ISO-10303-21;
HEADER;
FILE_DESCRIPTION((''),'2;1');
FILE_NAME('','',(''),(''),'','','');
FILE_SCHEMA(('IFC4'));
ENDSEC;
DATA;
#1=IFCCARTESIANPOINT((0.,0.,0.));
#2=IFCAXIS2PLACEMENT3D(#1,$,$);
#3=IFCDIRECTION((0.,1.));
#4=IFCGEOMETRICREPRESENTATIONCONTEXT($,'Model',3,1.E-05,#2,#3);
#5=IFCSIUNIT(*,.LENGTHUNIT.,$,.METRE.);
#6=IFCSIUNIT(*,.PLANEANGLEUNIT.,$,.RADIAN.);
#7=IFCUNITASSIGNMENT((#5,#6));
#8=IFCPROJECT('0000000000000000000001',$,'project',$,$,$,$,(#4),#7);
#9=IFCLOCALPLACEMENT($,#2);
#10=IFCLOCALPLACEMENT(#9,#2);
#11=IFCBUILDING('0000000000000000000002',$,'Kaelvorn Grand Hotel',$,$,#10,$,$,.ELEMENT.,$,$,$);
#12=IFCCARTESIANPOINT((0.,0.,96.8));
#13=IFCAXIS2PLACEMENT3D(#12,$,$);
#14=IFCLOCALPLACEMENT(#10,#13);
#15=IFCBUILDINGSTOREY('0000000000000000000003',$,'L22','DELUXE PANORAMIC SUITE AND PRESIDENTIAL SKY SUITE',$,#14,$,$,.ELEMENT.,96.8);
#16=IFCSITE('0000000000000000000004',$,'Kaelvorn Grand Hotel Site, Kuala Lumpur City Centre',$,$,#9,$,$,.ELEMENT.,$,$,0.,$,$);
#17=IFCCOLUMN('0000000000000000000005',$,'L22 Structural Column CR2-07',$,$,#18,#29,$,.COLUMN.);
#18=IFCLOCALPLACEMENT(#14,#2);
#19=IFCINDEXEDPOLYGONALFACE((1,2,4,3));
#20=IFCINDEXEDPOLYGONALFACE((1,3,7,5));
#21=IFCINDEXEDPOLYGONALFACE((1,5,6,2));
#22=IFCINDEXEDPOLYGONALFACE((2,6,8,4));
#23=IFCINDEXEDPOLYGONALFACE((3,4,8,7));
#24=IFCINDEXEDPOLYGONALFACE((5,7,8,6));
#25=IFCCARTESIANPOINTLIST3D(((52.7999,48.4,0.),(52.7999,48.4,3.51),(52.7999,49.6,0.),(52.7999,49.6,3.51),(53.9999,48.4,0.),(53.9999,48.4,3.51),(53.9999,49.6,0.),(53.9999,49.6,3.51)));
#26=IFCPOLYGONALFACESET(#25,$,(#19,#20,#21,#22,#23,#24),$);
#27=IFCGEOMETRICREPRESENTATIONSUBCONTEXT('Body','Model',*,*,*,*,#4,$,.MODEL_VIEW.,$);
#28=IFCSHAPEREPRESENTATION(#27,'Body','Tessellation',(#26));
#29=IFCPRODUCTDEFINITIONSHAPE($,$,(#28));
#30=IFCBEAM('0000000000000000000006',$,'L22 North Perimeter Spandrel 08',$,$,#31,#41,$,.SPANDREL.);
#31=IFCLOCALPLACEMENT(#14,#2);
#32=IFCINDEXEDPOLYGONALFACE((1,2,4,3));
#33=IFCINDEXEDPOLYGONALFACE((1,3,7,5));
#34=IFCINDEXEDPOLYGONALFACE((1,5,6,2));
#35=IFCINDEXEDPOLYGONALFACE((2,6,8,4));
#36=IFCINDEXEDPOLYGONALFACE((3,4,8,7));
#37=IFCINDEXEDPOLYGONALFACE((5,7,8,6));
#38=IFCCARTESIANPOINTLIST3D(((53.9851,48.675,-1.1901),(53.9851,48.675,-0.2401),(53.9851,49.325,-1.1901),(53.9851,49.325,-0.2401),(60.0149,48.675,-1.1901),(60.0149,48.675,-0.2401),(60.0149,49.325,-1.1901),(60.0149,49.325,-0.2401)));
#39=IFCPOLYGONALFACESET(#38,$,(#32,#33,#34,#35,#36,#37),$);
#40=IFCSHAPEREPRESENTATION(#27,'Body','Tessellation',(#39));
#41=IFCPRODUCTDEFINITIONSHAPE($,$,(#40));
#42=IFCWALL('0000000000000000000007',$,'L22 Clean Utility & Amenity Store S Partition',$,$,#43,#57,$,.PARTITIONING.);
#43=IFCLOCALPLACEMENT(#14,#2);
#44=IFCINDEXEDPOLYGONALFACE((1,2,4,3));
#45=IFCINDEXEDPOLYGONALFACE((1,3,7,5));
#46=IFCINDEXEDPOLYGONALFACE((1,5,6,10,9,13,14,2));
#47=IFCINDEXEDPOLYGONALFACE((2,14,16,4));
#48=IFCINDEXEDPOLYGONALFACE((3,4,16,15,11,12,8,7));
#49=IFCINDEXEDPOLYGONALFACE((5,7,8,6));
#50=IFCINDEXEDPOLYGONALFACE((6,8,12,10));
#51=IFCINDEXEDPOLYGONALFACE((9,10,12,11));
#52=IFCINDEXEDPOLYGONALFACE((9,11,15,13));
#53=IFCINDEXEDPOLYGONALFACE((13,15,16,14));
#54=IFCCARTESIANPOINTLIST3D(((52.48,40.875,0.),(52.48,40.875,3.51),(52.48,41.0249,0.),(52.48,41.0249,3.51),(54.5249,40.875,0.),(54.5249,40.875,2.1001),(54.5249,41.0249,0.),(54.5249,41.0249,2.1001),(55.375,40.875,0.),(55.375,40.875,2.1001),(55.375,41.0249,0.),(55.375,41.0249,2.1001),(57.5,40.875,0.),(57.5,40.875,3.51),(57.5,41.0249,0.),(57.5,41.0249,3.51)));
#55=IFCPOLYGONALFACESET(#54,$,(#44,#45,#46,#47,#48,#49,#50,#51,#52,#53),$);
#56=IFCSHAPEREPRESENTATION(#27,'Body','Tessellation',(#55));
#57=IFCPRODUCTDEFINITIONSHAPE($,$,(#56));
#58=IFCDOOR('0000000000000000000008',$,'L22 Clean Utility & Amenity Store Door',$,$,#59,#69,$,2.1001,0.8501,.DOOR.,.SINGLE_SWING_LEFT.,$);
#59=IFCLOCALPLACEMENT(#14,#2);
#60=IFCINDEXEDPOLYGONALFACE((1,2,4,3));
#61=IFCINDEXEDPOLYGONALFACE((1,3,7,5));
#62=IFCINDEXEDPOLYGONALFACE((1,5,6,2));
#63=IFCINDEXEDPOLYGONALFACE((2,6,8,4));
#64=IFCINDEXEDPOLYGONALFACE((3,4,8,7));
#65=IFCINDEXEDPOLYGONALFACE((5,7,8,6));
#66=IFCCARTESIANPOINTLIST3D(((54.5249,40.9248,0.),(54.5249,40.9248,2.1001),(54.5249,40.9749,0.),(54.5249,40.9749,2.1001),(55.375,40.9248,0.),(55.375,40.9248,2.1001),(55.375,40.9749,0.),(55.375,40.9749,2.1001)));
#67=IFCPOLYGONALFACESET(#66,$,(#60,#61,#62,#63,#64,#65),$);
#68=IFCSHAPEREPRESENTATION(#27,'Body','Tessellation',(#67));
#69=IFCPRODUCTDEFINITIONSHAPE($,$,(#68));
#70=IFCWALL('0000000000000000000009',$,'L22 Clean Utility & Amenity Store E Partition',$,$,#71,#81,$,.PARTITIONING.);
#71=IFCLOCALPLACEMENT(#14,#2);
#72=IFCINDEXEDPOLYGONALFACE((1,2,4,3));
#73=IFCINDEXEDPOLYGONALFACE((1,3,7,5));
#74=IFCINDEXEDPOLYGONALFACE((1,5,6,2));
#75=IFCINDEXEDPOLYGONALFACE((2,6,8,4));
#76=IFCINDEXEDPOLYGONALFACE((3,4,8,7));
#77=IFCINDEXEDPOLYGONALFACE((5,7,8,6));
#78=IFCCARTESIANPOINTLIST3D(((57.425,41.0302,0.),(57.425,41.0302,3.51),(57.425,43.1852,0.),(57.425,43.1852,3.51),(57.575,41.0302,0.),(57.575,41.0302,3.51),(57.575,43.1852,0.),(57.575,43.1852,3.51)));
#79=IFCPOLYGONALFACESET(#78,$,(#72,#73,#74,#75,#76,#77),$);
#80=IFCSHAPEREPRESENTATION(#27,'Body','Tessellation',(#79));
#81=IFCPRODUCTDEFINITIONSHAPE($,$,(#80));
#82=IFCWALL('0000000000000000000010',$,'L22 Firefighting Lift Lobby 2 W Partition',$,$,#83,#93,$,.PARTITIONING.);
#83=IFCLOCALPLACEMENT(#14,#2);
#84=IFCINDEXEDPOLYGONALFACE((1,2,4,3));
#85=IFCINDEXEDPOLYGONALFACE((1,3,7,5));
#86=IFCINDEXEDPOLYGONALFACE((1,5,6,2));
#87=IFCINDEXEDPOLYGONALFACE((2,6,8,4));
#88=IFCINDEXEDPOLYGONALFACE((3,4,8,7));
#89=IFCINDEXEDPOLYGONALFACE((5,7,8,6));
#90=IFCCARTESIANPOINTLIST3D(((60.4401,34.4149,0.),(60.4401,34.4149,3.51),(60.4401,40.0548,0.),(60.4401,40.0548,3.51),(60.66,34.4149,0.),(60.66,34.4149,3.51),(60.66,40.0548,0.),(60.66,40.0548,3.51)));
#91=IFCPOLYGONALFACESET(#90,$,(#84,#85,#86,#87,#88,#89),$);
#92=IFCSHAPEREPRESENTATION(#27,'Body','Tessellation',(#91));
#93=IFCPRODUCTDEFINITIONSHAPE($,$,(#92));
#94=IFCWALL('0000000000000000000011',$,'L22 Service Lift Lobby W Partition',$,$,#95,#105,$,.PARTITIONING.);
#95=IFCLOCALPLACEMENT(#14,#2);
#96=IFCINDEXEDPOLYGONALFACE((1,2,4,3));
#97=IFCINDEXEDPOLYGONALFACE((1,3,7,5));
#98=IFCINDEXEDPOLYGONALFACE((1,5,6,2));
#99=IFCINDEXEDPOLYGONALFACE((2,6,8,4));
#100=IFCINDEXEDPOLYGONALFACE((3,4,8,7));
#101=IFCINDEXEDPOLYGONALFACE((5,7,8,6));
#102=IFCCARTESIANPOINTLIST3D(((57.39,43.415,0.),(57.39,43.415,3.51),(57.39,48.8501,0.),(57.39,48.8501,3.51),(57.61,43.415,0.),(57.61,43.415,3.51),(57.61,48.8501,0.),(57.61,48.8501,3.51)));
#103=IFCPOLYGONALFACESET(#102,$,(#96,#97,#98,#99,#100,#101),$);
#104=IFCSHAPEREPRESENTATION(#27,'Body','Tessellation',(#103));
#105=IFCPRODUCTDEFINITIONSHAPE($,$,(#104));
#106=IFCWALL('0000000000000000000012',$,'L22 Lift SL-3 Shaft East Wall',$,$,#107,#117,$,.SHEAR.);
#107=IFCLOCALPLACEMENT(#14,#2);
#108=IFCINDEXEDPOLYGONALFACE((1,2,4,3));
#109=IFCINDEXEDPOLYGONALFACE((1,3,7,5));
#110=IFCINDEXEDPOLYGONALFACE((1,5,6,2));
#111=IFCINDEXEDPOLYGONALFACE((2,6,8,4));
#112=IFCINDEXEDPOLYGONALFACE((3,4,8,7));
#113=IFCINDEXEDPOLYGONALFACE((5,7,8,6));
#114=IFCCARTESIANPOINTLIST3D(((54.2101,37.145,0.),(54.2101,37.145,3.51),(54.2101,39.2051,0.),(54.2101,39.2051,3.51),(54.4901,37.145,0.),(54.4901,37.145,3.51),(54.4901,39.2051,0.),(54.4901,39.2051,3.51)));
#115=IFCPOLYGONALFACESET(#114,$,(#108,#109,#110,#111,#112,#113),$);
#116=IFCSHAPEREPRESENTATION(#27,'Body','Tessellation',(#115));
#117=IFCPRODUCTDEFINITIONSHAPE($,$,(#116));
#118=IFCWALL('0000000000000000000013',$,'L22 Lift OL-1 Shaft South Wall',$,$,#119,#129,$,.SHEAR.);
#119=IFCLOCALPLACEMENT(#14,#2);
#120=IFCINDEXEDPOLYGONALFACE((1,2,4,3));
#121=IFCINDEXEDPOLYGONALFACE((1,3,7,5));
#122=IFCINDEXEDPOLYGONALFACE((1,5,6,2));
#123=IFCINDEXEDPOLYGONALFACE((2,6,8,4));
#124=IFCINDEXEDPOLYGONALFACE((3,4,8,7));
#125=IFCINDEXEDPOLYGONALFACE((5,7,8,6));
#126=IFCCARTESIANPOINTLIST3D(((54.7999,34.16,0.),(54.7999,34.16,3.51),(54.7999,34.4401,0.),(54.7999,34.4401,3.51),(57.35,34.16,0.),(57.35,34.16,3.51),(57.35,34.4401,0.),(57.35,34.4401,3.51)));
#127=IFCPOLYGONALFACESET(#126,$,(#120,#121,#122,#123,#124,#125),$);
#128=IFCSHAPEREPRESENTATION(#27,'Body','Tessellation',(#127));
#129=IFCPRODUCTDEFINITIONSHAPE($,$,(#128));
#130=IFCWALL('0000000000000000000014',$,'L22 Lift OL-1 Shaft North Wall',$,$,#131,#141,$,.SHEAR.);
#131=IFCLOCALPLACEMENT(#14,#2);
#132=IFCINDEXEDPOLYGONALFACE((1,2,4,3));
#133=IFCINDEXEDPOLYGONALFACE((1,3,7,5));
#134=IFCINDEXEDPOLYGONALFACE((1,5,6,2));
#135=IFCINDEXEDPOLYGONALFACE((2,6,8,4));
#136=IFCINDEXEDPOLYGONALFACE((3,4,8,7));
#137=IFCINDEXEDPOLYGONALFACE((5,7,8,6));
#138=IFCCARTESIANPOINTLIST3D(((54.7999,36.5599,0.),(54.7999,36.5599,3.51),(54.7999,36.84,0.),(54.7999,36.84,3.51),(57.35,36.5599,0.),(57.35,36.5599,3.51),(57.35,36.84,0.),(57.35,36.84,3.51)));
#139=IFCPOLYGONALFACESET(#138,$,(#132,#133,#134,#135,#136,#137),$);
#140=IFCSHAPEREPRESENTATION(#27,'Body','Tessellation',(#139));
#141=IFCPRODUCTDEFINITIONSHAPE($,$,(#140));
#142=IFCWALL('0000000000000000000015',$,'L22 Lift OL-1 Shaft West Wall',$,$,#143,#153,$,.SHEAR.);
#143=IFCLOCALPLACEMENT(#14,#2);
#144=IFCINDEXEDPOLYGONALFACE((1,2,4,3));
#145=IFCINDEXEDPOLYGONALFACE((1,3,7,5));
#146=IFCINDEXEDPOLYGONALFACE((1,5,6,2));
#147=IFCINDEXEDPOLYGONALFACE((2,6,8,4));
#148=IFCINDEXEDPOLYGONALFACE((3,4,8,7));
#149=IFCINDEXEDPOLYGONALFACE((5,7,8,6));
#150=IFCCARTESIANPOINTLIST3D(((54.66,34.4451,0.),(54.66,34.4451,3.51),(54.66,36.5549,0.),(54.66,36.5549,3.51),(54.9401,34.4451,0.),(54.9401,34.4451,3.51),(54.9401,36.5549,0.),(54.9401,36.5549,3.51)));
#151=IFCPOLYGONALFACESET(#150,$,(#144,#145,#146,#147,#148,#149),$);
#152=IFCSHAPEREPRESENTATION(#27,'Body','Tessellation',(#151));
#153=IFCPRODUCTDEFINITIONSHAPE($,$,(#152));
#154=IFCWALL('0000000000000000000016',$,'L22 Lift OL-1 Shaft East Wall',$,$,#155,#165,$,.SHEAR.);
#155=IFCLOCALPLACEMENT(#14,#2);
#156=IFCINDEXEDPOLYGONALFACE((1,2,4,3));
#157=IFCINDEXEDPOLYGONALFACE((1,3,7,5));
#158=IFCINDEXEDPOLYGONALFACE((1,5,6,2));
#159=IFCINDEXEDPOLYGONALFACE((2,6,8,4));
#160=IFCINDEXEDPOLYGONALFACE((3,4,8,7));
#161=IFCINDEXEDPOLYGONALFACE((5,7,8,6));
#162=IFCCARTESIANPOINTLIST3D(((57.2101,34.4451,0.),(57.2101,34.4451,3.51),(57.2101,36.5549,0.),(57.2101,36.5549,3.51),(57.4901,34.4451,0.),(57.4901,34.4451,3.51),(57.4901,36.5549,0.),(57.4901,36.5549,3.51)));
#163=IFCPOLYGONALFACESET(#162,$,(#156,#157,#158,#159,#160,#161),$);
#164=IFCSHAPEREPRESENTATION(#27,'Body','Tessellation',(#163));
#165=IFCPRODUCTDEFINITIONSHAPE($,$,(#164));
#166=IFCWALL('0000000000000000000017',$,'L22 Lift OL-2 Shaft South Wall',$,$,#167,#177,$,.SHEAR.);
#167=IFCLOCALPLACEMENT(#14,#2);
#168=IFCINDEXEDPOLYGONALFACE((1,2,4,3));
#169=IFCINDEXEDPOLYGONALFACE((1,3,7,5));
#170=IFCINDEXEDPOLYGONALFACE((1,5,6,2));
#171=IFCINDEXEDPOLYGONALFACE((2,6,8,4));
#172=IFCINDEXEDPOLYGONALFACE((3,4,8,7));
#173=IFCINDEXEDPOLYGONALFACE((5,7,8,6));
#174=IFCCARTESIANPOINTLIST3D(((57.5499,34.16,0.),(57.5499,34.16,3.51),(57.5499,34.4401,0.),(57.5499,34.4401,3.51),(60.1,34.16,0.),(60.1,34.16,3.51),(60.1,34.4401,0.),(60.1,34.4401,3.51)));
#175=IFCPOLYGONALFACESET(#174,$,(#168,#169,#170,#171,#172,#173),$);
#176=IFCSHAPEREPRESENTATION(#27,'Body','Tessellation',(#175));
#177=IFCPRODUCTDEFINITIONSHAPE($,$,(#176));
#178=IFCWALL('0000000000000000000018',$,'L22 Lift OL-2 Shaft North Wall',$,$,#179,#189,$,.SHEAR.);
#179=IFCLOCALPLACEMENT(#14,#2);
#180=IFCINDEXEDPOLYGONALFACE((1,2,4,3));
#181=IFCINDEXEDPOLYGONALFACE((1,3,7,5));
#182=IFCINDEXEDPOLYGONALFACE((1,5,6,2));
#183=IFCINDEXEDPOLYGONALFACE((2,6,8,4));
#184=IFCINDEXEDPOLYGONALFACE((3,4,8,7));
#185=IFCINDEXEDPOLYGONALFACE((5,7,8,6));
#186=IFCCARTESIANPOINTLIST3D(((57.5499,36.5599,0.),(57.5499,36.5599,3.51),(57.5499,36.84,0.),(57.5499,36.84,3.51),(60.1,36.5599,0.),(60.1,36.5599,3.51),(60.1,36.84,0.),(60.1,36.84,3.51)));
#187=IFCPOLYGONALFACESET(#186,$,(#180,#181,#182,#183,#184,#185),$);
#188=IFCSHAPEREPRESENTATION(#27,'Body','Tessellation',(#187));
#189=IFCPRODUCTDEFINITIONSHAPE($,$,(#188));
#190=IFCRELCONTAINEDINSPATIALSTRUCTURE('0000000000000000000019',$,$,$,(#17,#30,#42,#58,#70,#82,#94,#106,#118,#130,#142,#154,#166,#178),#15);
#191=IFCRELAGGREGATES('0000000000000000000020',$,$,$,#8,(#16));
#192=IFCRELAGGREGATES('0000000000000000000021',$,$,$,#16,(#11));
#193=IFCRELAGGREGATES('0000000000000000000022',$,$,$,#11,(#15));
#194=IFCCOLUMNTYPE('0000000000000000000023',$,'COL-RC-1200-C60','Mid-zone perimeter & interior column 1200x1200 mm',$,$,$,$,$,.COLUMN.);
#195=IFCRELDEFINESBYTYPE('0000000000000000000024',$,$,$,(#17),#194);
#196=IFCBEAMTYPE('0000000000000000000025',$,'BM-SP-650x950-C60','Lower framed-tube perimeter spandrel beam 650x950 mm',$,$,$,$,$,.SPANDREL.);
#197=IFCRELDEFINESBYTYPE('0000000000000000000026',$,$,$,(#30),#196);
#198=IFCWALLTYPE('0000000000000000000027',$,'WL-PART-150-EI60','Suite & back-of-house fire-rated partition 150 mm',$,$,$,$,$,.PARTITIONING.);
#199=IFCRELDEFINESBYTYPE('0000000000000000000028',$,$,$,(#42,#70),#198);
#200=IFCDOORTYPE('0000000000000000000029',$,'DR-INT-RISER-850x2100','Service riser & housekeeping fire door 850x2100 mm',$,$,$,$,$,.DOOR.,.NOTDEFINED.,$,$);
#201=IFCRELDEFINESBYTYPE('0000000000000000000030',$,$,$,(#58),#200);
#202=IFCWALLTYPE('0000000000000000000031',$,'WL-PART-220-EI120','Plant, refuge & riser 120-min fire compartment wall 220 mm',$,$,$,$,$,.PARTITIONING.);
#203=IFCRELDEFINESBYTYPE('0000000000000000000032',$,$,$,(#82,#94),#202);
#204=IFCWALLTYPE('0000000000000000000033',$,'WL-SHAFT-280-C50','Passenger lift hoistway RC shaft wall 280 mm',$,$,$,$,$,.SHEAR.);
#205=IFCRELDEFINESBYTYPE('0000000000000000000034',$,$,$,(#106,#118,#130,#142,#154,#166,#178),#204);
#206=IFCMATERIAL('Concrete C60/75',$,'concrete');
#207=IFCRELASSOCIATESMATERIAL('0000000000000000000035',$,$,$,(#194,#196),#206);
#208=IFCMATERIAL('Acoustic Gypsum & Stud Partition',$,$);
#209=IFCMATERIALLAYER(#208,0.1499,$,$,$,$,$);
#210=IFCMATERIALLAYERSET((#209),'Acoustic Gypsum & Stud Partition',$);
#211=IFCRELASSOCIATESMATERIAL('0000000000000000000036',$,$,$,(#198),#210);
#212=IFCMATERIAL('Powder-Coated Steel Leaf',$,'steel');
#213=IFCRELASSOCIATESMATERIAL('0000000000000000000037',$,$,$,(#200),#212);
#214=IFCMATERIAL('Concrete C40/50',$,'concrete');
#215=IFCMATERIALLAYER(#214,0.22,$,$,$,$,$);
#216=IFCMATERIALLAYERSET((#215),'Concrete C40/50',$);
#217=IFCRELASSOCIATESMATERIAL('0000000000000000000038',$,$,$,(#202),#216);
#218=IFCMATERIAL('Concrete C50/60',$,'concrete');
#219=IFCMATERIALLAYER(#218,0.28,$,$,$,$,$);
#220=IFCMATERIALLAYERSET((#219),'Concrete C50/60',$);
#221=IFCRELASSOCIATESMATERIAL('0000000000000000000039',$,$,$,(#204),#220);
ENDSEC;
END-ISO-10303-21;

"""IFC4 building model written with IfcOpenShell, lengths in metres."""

from ifc_helpers import new_model, si_unit, direction, frame, frame_2d, origin, origin_2d, place, context, subcontext, project, spatial, rectangle, extrude, material, layer, layer_set, material_profile, profile_set, type_object, element, fill, save


model = new_model("IFC4")

# Units and contexts
model_context = context("Model", 3, precision=1e-05, world=origin(), true_north=direction((0.0, 1.0)))
body_context = subcontext(model_context, "Body", "Model", "MODEL_VIEW")
ifc_project = project(units=[si_unit("LENGTHUNIT", "METRE"), si_unit("PLANEANGLEUNIT", "RADIAN")], contexts=[model_context])

# Site, building, storey
site_placement = place(None, origin())
site = spatial("IfcSite", under=ifc_project, at=site_placement, Name="Kaelvorn Grand Hotel Site, Kuala Lumpur City Centre", CompositionType="ELEMENT", RefElevation=0.0)
building_placement = place(site_placement, origin())
building = spatial("IfcBuilding", under=site, at=building_placement, Name="Kaelvorn Grand Hotel", CompositionType="ELEMENT")
storey_placement = place(building_placement, frame((0.0, 0.0, 96.8)))
storey = spatial("IfcBuildingStorey", under=building, at=storey_placement, Name="L22", Description="DELUXE PANORAMIC SUITE AND PRESIDENTIAL SKY SUITE", CompositionType="ELEMENT", Elevation=96.8)

# Column
ifc_material_1 = material(Name="Concrete C60/75", Category="concrete")
ifc_material_profile_1 = material_profile(ifc_material_1, rectangle(XDim=1.2, YDim=1.2, at=origin_2d()), Name="RC COL 1200x1200")
ifc_profile_set_1 = profile_set([ifc_material_profile_1], Name="Concrete C60/75")
column_type = type_object("IfcColumnType", Name="COL-RC-1200-C60", Description="Mid-zone perimeter & interior column 1200x1200 mm", PredefinedType="COLUMN", material=ifc_profile_set_1)
column_placement = place(storey_placement, frame((53.3999, 49.0, 0.0), z_axis=(0.0, 0.0, 1.0), x_axis=(1.0, 0.0, 0.0)))
element("IfcColumn", 1, at=column_placement, inside=storey, type_object=column_type, Name="L22 Structural Column CR2-07", PredefinedType="COLUMN", context=body_context, shape_type="SweptSolid", body=[
    extrude(rectangle(XDim=1.2, YDim=1.2, at=origin_2d()), origin(), (0.0, 0.0, 1.0), 3.51),
])

# Beam
ifc_material_profile_2 = material_profile(ifc_material_1, rectangle(XDim=0.6499, YDim=0.95, at=origin_2d()), Name="RC SPANDREL 650x950")
ifc_profile_set_2 = profile_set([ifc_material_profile_2], Name="Concrete C60/75")
beam_type = type_object("IfcBeamType", Name="BM-SP-650x950-C60", Description="Lower framed-tube perimeter spandrel beam 650x950 mm", PredefinedType="SPANDREL", material=ifc_profile_set_2)
beam_placement = place(storey_placement, frame((53.9851, 49.0, -0.7151), z_axis=(1.0, 0.0, 0.0), x_axis=(0.0, 1.0, 0.0)))
element("IfcBeam", 2, at=beam_placement, inside=storey, type_object=beam_type, Name="L22 North Perimeter Spandrel 08", PredefinedType="SPANDREL", context=body_context, shape_type="SweptSolid", body=[
    extrude(rectangle(XDim=0.6499, YDim=0.95, at=origin_2d()), origin(), (0.0, 0.0, 1.0), 6.0298),
])

# Wall, opening, door
ifc_material_2 = material(Name="Acoustic Gypsum & Stud Partition")
ifc_layer_1 = layer(ifc_material_2, 0.1499)
ifc_layer_set_1 = layer_set([ifc_layer_1], Name="Acoustic Gypsum & Stud Partition")
wall_type_1 = type_object("IfcWallType", Name="WL-PART-150-EI60", Description="Suite & back-of-house fire-rated partition 150 mm", PredefinedType="PARTITIONING", material=ifc_layer_set_1)
wall_1_placement = place(storey_placement, frame((52.48, 40.95, 0.0), z_axis=(0.0, 0.0, 1.0), x_axis=(1.0, 0.0, 0.0)))
wall_1 = element("IfcWall", 3, at=wall_1_placement, inside=storey, type_object=wall_type_1, Name="L22 Clean Utility & Amenity Store S Partition", PredefinedType="PARTITIONING", context=body_context, shape_type="SweptSolid", body=[
    extrude(rectangle(XDim=5.02, YDim=0.1499, at=frame_2d((2.51, 0.0))), origin(), (0.0, 0.0, 1.0), 3.51),
])
opening_1_placement = place(wall_1_placement, frame((2.0449, 0.0, 0.0)))
opening_1 = element("IfcOpeningElement", 4, at=opening_1_placement, cuts=wall_1, PredefinedType="OPENING", context=body_context, shape_type="SweptSolid", body=[
    extrude(rectangle(XDim=0.8501, YDim=2.1001, at=frame_2d((0.425, 1.05))), frame((0.0, 0.085, 0.0), z_axis=(0.0, -1.0, 0.0), x_axis=(1.0, 0.0, 0.0)), (0.0, 0.0, 1.0), 0.1699),
])
ifc_material_3 = material(Name="Powder-Coated Steel Leaf", Category="steel")
door_type_1 = type_object("IfcDoorType", Name="DR-INT-RISER-850x2100", Description="Service riser & housekeeping fire door 850x2100 mm", OperationType="NOTDEFINED", PredefinedType="DOOR", material=ifc_material_3)
door_1_placement = place(opening_1_placement, origin())
door_1 = element("IfcDoor", 5, at=door_1_placement, inside=storey, type_object=door_type_1, Name="L22 Clean Utility & Amenity Store Door", OperationType="SINGLE_SWING_LEFT", OverallHeight=2.1001, OverallWidth=0.8501, PredefinedType="DOOR", context=body_context, shape_type="SweptSolid", body=[
    extrude(rectangle(XDim=0.8501, YDim=2.1001, at=frame_2d((0.425, 1.05))), frame((0.0, 0.0249, 0.0), z_axis=(0.0, -1.0, 0.0), x_axis=(1.0, 0.0, 0.0)), (0.0, 0.0, 1.0), 0.05),
])
fill(opening_1, door_1)

# Wall
wall_2_placement = place(storey_placement, frame((57.5, 41.03, 0.0), z_axis=(0.0, 0.0, 1.0), x_axis=(0.0, 1.0, 0.0)))
element("IfcWall", 6, at=wall_2_placement, inside=storey, type_object=wall_type_1, Name="L22 Clean Utility & Amenity Store E Partition", PredefinedType="PARTITIONING", context=body_context, shape_type="SweptSolid", body=[
    extrude(rectangle(XDim=2.155, YDim=0.1499, at=frame_2d((1.0776, 0.0))), origin(), (0.0, 0.0, 1.0), 3.51),
])

# Shared definitions
ifc_material_4 = material(Name="Concrete C40/50", Category="concrete")
ifc_layer_2 = layer(ifc_material_4, 0.22)
ifc_layer_set_2 = layer_set([ifc_layer_2], Name="Concrete C40/50")
wall_type_2 = type_object("IfcWallType", Name="WL-PART-220-EI120", Description="Plant, refuge & riser 120-min fire compartment wall 220 mm", PredefinedType="PARTITIONING", material=ifc_layer_set_2)

# Wall
wall_3_placement = place(storey_placement, frame((60.55, 34.415, 0.0), z_axis=(0.0, 0.0, 1.0), x_axis=(0.0, 1.0, 0.0)))
element("IfcWall", 7, at=wall_3_placement, inside=storey, type_object=wall_type_2, Name="L22 Firefighting Lift Lobby 2 W Partition", PredefinedType="PARTITIONING", context=body_context, shape_type="SweptSolid", body=[
    extrude(rectangle(XDim=5.6399, YDim=0.22, at=frame_2d((2.8198, 0.0))), origin(), (0.0, 0.0, 1.0), 3.51),
])

# Walls
wall_4_placement = place(storey_placement, frame((57.5, 43.415, 0.0), z_axis=(0.0, 0.0, 1.0), x_axis=(0.0, 1.0, 0.0)))
element("IfcWall", 8, at=wall_4_placement, inside=storey, type_object=wall_type_2, Name="L22 Service Lift Lobby W Partition", PredefinedType="PARTITIONING", context=body_context, shape_type="SweptSolid", body=[
    extrude(rectangle(XDim=5.4351, YDim=0.22, at=frame_2d((2.7175, 0.0))), origin(), (0.0, 0.0, 1.0), 3.51),
])
ifc_material_5 = material(Name="Concrete C50/60", Category="concrete")
ifc_layer_3 = layer(ifc_material_5, 0.28)
ifc_layer_set_3 = layer_set([ifc_layer_3], Name="Concrete C50/60")
wall_type_3 = type_object("IfcWallType", Name="WL-SHAFT-280-C50", Description="Passenger lift hoistway RC shaft wall 280 mm", PredefinedType="SHEAR", material=ifc_layer_set_3)
wall_5_placement = place(storey_placement, frame((54.3501, 37.145, 0.0), z_axis=(0.0, 0.0, 1.0), x_axis=(0.0, 1.0, 0.0)))
element("IfcWall", 9, at=wall_5_placement, inside=storey, type_object=wall_type_3, Name="L22 Lift SL-3 Shaft East Wall", PredefinedType="SHEAR", context=body_context, shape_type="SweptSolid", body=[
    extrude(rectangle(XDim=2.0601, YDim=0.28, at=frame_2d((1.03, 0.0))), origin(), (0.0, 0.0, 1.0), 3.51),
])
for number, where, z_axis, x_axis, name in (
    (10, (54.8, 34.3, 0.0), (0.0, 0.0, 1.0), (1.0, 0.0, 0.0), "L22 Lift OL-1 Shaft South Wall"),
    (11, (54.8, 36.7, 0.0), (0.0, 0.0, 1.0), (1.0, 0.0, 0.0), "L22 Lift OL-1 Shaft North Wall"),
):
    element("IfcWall", number, at=place(storey_placement, frame(where, z_axis=z_axis, x_axis=x_axis)), inside=storey, type_object=wall_type_3, Name=name, PredefinedType="SHEAR", context=body_context, shape_type="SweptSolid", body=[
        extrude(rectangle(XDim=2.55, YDim=0.28, at=frame_2d((1.2749, 0.0))), origin(), (0.0, 0.0, 1.0), 3.51),
    ])
for number, where, z_axis, x_axis, name in (
    (12, (54.8, 34.4451, 0.0), (0.0, 0.0, 1.0), (0.0, 1.0, 0.0), "L22 Lift OL-1 Shaft West Wall"),
    (13, (57.3501, 34.4451, 0.0), (0.0, 0.0, 1.0), (0.0, 1.0, 0.0), "L22 Lift OL-1 Shaft East Wall"),
):
    element("IfcWall", number, at=place(storey_placement, frame(where, z_axis=z_axis, x_axis=x_axis)), inside=storey, type_object=wall_type_3, Name=name, PredefinedType="SHEAR", context=body_context, shape_type="SweptSolid", body=[
        extrude(rectangle(XDim=2.1099, YDim=0.28, at=frame_2d((1.0549, 0.0))), origin(), (0.0, 0.0, 1.0), 3.51),
    ])
for number, where, z_axis, x_axis, name in (
    (14, (57.55, 34.3, 0.0), (0.0, 0.0, 1.0), (1.0, 0.0, 0.0), "L22 Lift OL-2 Shaft South Wall"),
    (15, (57.55, 36.7, 0.0), (0.0, 0.0, 1.0), (1.0, 0.0, 0.0), "L22 Lift OL-2 Shaft North Wall"),
):
    element("IfcWall", number, at=place(storey_placement, frame(where, z_axis=z_axis, x_axis=x_axis)), inside=storey, type_object=wall_type_3, Name=name, PredefinedType="SHEAR", context=body_context, shape_type="SweptSolid", body=[
        extrude(rectangle(XDim=2.55, YDim=0.28, at=frame_2d((1.2749, 0.0))), origin(), (0.0, 0.0, 1.0), 3.51),
    ])

save(model, "model.ifc")
